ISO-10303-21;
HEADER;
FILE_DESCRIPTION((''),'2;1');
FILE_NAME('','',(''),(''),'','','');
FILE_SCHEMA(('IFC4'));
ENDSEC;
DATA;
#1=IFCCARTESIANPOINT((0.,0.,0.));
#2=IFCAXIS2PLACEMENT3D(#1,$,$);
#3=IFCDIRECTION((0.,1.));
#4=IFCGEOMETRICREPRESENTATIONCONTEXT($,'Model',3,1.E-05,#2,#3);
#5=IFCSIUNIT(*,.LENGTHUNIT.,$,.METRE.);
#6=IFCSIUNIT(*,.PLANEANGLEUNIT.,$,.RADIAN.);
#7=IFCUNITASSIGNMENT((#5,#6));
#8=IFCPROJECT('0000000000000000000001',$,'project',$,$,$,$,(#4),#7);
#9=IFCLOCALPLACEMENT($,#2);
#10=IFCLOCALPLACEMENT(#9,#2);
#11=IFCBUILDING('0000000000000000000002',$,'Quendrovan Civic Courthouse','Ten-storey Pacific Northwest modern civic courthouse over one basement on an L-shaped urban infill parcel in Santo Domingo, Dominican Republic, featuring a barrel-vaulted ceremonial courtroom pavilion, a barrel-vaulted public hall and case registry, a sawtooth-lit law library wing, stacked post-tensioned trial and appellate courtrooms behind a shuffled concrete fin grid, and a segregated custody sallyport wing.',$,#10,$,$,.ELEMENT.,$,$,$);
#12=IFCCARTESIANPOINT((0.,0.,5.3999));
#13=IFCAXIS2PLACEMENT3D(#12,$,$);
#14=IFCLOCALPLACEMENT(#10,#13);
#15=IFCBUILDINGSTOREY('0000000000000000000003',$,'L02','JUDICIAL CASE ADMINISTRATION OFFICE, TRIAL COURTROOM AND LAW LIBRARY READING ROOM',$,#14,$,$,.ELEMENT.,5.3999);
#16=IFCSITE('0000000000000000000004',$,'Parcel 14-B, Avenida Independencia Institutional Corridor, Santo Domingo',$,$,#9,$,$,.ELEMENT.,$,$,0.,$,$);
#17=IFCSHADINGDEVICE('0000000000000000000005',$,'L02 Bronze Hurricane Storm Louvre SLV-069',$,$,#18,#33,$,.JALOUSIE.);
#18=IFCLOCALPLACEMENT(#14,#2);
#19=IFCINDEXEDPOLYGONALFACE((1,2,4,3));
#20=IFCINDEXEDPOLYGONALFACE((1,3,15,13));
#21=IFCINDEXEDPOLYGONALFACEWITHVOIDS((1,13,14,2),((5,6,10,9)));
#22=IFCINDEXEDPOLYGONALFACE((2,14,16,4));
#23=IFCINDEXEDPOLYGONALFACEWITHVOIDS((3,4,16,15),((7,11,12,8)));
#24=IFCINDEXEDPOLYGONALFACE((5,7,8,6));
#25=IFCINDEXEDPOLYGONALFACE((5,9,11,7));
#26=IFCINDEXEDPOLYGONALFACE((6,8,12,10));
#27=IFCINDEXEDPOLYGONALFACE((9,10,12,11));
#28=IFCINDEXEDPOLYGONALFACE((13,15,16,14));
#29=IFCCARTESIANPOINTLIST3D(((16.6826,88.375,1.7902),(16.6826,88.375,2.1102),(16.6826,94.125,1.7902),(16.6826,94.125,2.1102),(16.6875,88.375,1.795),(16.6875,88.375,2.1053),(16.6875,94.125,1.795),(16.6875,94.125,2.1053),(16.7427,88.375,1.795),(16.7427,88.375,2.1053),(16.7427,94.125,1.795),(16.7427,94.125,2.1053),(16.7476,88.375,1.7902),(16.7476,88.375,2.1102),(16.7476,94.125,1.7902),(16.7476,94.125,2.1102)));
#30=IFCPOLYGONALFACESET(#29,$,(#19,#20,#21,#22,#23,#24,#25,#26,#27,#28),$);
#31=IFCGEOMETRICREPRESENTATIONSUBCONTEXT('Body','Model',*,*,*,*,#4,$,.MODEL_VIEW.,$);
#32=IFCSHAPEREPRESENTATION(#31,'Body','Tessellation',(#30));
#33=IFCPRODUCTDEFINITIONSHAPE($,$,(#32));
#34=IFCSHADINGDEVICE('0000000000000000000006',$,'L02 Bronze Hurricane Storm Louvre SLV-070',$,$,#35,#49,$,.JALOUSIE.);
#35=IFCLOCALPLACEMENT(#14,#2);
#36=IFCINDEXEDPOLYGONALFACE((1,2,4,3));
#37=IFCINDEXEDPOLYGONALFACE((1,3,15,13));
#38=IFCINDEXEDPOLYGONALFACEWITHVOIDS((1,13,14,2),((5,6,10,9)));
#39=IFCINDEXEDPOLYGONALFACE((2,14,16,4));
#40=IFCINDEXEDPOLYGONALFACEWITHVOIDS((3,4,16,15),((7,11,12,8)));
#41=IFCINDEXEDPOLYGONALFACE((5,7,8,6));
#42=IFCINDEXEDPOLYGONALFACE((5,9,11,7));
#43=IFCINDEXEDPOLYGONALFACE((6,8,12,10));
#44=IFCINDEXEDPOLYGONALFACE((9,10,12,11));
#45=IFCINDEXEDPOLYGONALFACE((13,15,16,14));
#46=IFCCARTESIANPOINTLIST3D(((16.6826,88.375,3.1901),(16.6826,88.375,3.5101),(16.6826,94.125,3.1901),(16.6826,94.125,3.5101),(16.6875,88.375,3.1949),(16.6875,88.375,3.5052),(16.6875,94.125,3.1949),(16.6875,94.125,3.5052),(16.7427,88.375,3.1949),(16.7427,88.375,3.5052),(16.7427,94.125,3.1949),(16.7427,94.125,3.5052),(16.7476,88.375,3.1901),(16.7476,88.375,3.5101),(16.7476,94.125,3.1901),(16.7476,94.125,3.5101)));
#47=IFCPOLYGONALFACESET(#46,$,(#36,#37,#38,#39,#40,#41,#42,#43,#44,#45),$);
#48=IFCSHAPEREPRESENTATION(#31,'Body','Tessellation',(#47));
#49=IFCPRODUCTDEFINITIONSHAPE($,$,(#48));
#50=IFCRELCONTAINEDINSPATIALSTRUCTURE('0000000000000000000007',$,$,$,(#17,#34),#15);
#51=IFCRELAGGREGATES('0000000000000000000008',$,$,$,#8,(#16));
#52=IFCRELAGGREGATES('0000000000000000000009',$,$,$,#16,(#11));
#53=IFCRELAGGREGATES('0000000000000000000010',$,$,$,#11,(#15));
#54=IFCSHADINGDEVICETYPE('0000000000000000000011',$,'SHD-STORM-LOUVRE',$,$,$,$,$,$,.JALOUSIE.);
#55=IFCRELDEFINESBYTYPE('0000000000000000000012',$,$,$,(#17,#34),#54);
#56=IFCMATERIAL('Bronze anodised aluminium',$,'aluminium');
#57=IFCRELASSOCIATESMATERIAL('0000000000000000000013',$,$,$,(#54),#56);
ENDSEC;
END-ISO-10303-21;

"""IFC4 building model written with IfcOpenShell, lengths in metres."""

from ifc_helpers import new_model, si_unit, direction, frame, origin, origin_2d, place, context, subcontext, project, spatial, hollow_rectangle, extrude, material, material_profile, profile_set, type_object, element, save


model = new_model("IFC4")

# Units and contexts
model_context = context("Model", 3, precision=1e-05, world=origin(), true_north=direction((0.0, 1.0)))
body_context = subcontext(model_context, "Body", "Model", "MODEL_VIEW")
ifc_project = project(units=[si_unit("LENGTHUNIT", "METRE"), si_unit("PLANEANGLEUNIT", "RADIAN")], contexts=[model_context])

# Site, building, storey
site_placement = place(None, origin())
site = spatial("IfcSite", under=ifc_project, at=site_placement, Name="Parcel 14-B, Avenida Independencia Institutional Corridor, Santo Domingo", CompositionType="ELEMENT", RefElevation=0.0)
building_placement = place(site_placement, origin())
building = spatial("IfcBuilding", under=site, at=building_placement, Name="Quendrovan Civic Courthouse", Description="Ten-storey Pacific Northwest modern civic courthouse over one basement on an L-shaped urban infill parcel in Santo Domingo, Dominican Republic, featuring a barrel-vaulted ceremonial courtroom pavilion, a barrel-vaulted public hall and case registry, a sawtooth-lit law library wing, stacked post-tensioned trial and appellate courtrooms behind a shuffled concrete fin grid, and a segregated custody sallyport wing.", CompositionType="ELEMENT")
storey_placement = place(building_placement, frame((0.0, 0.0, 5.3999)))
storey = spatial("IfcBuildingStorey", under=building, at=storey_placement, Name="L02", Description="JUDICIAL CASE ADMINISTRATION OFFICE, TRIAL COURTROOM AND LAW LIBRARY READING ROOM", CompositionType="ELEMENT", Elevation=5.3999)

# Shared definitions
ifc_material_1 = material(Name="Bronze anodised aluminium", Category="aluminium")

# Shading devices
ifc_material_profile_1 = material_profile(ifc_material_1, hollow_rectangle(XDim=0.0649, YDim=0.3201, WallThickness=0.0049, at=origin_2d()), Name="AL-LOUVRE-65x320")
ifc_profile_set_1 = profile_set([ifc_material_profile_1], Name="Bronze anodised aluminium")
shading_device_type = type_object("IfcShadingDeviceType", Name="SHD-STORM-LOUVRE", PredefinedType="JALOUSIE", material=ifc_profile_set_1)
for number, where, z_axis, x_axis, name in (
    (1, (16.7151, 94.125, 1.9502), (0.0, -1.0, 0.0), (1.0, 0.0, 0.0), "L02 Bronze Hurricane Storm Louvre SLV-069"),
    (2, (16.7151, 94.125, 3.3501), (0.0, -1.0, 0.0), (1.0, 0.0, 0.0), "L02 Bronze Hurricane Storm Louvre SLV-070"),
):
    element("IfcShadingDevice", number, at=place(storey_placement, frame(where, z_axis=z_axis, x_axis=x_axis)), inside=storey, type_object=shading_device_type, Name=name, PredefinedType="JALOUSIE", context=body_context, shape_type="SweptSolid", body=[
        extrude(hollow_rectangle(XDim=0.0649, YDim=0.3201, WallThickness=0.0049, at=origin_2d()), origin(), (0.0, 0.0, 1.0), 5.75),
    ])

save(model, "model.ifc")
